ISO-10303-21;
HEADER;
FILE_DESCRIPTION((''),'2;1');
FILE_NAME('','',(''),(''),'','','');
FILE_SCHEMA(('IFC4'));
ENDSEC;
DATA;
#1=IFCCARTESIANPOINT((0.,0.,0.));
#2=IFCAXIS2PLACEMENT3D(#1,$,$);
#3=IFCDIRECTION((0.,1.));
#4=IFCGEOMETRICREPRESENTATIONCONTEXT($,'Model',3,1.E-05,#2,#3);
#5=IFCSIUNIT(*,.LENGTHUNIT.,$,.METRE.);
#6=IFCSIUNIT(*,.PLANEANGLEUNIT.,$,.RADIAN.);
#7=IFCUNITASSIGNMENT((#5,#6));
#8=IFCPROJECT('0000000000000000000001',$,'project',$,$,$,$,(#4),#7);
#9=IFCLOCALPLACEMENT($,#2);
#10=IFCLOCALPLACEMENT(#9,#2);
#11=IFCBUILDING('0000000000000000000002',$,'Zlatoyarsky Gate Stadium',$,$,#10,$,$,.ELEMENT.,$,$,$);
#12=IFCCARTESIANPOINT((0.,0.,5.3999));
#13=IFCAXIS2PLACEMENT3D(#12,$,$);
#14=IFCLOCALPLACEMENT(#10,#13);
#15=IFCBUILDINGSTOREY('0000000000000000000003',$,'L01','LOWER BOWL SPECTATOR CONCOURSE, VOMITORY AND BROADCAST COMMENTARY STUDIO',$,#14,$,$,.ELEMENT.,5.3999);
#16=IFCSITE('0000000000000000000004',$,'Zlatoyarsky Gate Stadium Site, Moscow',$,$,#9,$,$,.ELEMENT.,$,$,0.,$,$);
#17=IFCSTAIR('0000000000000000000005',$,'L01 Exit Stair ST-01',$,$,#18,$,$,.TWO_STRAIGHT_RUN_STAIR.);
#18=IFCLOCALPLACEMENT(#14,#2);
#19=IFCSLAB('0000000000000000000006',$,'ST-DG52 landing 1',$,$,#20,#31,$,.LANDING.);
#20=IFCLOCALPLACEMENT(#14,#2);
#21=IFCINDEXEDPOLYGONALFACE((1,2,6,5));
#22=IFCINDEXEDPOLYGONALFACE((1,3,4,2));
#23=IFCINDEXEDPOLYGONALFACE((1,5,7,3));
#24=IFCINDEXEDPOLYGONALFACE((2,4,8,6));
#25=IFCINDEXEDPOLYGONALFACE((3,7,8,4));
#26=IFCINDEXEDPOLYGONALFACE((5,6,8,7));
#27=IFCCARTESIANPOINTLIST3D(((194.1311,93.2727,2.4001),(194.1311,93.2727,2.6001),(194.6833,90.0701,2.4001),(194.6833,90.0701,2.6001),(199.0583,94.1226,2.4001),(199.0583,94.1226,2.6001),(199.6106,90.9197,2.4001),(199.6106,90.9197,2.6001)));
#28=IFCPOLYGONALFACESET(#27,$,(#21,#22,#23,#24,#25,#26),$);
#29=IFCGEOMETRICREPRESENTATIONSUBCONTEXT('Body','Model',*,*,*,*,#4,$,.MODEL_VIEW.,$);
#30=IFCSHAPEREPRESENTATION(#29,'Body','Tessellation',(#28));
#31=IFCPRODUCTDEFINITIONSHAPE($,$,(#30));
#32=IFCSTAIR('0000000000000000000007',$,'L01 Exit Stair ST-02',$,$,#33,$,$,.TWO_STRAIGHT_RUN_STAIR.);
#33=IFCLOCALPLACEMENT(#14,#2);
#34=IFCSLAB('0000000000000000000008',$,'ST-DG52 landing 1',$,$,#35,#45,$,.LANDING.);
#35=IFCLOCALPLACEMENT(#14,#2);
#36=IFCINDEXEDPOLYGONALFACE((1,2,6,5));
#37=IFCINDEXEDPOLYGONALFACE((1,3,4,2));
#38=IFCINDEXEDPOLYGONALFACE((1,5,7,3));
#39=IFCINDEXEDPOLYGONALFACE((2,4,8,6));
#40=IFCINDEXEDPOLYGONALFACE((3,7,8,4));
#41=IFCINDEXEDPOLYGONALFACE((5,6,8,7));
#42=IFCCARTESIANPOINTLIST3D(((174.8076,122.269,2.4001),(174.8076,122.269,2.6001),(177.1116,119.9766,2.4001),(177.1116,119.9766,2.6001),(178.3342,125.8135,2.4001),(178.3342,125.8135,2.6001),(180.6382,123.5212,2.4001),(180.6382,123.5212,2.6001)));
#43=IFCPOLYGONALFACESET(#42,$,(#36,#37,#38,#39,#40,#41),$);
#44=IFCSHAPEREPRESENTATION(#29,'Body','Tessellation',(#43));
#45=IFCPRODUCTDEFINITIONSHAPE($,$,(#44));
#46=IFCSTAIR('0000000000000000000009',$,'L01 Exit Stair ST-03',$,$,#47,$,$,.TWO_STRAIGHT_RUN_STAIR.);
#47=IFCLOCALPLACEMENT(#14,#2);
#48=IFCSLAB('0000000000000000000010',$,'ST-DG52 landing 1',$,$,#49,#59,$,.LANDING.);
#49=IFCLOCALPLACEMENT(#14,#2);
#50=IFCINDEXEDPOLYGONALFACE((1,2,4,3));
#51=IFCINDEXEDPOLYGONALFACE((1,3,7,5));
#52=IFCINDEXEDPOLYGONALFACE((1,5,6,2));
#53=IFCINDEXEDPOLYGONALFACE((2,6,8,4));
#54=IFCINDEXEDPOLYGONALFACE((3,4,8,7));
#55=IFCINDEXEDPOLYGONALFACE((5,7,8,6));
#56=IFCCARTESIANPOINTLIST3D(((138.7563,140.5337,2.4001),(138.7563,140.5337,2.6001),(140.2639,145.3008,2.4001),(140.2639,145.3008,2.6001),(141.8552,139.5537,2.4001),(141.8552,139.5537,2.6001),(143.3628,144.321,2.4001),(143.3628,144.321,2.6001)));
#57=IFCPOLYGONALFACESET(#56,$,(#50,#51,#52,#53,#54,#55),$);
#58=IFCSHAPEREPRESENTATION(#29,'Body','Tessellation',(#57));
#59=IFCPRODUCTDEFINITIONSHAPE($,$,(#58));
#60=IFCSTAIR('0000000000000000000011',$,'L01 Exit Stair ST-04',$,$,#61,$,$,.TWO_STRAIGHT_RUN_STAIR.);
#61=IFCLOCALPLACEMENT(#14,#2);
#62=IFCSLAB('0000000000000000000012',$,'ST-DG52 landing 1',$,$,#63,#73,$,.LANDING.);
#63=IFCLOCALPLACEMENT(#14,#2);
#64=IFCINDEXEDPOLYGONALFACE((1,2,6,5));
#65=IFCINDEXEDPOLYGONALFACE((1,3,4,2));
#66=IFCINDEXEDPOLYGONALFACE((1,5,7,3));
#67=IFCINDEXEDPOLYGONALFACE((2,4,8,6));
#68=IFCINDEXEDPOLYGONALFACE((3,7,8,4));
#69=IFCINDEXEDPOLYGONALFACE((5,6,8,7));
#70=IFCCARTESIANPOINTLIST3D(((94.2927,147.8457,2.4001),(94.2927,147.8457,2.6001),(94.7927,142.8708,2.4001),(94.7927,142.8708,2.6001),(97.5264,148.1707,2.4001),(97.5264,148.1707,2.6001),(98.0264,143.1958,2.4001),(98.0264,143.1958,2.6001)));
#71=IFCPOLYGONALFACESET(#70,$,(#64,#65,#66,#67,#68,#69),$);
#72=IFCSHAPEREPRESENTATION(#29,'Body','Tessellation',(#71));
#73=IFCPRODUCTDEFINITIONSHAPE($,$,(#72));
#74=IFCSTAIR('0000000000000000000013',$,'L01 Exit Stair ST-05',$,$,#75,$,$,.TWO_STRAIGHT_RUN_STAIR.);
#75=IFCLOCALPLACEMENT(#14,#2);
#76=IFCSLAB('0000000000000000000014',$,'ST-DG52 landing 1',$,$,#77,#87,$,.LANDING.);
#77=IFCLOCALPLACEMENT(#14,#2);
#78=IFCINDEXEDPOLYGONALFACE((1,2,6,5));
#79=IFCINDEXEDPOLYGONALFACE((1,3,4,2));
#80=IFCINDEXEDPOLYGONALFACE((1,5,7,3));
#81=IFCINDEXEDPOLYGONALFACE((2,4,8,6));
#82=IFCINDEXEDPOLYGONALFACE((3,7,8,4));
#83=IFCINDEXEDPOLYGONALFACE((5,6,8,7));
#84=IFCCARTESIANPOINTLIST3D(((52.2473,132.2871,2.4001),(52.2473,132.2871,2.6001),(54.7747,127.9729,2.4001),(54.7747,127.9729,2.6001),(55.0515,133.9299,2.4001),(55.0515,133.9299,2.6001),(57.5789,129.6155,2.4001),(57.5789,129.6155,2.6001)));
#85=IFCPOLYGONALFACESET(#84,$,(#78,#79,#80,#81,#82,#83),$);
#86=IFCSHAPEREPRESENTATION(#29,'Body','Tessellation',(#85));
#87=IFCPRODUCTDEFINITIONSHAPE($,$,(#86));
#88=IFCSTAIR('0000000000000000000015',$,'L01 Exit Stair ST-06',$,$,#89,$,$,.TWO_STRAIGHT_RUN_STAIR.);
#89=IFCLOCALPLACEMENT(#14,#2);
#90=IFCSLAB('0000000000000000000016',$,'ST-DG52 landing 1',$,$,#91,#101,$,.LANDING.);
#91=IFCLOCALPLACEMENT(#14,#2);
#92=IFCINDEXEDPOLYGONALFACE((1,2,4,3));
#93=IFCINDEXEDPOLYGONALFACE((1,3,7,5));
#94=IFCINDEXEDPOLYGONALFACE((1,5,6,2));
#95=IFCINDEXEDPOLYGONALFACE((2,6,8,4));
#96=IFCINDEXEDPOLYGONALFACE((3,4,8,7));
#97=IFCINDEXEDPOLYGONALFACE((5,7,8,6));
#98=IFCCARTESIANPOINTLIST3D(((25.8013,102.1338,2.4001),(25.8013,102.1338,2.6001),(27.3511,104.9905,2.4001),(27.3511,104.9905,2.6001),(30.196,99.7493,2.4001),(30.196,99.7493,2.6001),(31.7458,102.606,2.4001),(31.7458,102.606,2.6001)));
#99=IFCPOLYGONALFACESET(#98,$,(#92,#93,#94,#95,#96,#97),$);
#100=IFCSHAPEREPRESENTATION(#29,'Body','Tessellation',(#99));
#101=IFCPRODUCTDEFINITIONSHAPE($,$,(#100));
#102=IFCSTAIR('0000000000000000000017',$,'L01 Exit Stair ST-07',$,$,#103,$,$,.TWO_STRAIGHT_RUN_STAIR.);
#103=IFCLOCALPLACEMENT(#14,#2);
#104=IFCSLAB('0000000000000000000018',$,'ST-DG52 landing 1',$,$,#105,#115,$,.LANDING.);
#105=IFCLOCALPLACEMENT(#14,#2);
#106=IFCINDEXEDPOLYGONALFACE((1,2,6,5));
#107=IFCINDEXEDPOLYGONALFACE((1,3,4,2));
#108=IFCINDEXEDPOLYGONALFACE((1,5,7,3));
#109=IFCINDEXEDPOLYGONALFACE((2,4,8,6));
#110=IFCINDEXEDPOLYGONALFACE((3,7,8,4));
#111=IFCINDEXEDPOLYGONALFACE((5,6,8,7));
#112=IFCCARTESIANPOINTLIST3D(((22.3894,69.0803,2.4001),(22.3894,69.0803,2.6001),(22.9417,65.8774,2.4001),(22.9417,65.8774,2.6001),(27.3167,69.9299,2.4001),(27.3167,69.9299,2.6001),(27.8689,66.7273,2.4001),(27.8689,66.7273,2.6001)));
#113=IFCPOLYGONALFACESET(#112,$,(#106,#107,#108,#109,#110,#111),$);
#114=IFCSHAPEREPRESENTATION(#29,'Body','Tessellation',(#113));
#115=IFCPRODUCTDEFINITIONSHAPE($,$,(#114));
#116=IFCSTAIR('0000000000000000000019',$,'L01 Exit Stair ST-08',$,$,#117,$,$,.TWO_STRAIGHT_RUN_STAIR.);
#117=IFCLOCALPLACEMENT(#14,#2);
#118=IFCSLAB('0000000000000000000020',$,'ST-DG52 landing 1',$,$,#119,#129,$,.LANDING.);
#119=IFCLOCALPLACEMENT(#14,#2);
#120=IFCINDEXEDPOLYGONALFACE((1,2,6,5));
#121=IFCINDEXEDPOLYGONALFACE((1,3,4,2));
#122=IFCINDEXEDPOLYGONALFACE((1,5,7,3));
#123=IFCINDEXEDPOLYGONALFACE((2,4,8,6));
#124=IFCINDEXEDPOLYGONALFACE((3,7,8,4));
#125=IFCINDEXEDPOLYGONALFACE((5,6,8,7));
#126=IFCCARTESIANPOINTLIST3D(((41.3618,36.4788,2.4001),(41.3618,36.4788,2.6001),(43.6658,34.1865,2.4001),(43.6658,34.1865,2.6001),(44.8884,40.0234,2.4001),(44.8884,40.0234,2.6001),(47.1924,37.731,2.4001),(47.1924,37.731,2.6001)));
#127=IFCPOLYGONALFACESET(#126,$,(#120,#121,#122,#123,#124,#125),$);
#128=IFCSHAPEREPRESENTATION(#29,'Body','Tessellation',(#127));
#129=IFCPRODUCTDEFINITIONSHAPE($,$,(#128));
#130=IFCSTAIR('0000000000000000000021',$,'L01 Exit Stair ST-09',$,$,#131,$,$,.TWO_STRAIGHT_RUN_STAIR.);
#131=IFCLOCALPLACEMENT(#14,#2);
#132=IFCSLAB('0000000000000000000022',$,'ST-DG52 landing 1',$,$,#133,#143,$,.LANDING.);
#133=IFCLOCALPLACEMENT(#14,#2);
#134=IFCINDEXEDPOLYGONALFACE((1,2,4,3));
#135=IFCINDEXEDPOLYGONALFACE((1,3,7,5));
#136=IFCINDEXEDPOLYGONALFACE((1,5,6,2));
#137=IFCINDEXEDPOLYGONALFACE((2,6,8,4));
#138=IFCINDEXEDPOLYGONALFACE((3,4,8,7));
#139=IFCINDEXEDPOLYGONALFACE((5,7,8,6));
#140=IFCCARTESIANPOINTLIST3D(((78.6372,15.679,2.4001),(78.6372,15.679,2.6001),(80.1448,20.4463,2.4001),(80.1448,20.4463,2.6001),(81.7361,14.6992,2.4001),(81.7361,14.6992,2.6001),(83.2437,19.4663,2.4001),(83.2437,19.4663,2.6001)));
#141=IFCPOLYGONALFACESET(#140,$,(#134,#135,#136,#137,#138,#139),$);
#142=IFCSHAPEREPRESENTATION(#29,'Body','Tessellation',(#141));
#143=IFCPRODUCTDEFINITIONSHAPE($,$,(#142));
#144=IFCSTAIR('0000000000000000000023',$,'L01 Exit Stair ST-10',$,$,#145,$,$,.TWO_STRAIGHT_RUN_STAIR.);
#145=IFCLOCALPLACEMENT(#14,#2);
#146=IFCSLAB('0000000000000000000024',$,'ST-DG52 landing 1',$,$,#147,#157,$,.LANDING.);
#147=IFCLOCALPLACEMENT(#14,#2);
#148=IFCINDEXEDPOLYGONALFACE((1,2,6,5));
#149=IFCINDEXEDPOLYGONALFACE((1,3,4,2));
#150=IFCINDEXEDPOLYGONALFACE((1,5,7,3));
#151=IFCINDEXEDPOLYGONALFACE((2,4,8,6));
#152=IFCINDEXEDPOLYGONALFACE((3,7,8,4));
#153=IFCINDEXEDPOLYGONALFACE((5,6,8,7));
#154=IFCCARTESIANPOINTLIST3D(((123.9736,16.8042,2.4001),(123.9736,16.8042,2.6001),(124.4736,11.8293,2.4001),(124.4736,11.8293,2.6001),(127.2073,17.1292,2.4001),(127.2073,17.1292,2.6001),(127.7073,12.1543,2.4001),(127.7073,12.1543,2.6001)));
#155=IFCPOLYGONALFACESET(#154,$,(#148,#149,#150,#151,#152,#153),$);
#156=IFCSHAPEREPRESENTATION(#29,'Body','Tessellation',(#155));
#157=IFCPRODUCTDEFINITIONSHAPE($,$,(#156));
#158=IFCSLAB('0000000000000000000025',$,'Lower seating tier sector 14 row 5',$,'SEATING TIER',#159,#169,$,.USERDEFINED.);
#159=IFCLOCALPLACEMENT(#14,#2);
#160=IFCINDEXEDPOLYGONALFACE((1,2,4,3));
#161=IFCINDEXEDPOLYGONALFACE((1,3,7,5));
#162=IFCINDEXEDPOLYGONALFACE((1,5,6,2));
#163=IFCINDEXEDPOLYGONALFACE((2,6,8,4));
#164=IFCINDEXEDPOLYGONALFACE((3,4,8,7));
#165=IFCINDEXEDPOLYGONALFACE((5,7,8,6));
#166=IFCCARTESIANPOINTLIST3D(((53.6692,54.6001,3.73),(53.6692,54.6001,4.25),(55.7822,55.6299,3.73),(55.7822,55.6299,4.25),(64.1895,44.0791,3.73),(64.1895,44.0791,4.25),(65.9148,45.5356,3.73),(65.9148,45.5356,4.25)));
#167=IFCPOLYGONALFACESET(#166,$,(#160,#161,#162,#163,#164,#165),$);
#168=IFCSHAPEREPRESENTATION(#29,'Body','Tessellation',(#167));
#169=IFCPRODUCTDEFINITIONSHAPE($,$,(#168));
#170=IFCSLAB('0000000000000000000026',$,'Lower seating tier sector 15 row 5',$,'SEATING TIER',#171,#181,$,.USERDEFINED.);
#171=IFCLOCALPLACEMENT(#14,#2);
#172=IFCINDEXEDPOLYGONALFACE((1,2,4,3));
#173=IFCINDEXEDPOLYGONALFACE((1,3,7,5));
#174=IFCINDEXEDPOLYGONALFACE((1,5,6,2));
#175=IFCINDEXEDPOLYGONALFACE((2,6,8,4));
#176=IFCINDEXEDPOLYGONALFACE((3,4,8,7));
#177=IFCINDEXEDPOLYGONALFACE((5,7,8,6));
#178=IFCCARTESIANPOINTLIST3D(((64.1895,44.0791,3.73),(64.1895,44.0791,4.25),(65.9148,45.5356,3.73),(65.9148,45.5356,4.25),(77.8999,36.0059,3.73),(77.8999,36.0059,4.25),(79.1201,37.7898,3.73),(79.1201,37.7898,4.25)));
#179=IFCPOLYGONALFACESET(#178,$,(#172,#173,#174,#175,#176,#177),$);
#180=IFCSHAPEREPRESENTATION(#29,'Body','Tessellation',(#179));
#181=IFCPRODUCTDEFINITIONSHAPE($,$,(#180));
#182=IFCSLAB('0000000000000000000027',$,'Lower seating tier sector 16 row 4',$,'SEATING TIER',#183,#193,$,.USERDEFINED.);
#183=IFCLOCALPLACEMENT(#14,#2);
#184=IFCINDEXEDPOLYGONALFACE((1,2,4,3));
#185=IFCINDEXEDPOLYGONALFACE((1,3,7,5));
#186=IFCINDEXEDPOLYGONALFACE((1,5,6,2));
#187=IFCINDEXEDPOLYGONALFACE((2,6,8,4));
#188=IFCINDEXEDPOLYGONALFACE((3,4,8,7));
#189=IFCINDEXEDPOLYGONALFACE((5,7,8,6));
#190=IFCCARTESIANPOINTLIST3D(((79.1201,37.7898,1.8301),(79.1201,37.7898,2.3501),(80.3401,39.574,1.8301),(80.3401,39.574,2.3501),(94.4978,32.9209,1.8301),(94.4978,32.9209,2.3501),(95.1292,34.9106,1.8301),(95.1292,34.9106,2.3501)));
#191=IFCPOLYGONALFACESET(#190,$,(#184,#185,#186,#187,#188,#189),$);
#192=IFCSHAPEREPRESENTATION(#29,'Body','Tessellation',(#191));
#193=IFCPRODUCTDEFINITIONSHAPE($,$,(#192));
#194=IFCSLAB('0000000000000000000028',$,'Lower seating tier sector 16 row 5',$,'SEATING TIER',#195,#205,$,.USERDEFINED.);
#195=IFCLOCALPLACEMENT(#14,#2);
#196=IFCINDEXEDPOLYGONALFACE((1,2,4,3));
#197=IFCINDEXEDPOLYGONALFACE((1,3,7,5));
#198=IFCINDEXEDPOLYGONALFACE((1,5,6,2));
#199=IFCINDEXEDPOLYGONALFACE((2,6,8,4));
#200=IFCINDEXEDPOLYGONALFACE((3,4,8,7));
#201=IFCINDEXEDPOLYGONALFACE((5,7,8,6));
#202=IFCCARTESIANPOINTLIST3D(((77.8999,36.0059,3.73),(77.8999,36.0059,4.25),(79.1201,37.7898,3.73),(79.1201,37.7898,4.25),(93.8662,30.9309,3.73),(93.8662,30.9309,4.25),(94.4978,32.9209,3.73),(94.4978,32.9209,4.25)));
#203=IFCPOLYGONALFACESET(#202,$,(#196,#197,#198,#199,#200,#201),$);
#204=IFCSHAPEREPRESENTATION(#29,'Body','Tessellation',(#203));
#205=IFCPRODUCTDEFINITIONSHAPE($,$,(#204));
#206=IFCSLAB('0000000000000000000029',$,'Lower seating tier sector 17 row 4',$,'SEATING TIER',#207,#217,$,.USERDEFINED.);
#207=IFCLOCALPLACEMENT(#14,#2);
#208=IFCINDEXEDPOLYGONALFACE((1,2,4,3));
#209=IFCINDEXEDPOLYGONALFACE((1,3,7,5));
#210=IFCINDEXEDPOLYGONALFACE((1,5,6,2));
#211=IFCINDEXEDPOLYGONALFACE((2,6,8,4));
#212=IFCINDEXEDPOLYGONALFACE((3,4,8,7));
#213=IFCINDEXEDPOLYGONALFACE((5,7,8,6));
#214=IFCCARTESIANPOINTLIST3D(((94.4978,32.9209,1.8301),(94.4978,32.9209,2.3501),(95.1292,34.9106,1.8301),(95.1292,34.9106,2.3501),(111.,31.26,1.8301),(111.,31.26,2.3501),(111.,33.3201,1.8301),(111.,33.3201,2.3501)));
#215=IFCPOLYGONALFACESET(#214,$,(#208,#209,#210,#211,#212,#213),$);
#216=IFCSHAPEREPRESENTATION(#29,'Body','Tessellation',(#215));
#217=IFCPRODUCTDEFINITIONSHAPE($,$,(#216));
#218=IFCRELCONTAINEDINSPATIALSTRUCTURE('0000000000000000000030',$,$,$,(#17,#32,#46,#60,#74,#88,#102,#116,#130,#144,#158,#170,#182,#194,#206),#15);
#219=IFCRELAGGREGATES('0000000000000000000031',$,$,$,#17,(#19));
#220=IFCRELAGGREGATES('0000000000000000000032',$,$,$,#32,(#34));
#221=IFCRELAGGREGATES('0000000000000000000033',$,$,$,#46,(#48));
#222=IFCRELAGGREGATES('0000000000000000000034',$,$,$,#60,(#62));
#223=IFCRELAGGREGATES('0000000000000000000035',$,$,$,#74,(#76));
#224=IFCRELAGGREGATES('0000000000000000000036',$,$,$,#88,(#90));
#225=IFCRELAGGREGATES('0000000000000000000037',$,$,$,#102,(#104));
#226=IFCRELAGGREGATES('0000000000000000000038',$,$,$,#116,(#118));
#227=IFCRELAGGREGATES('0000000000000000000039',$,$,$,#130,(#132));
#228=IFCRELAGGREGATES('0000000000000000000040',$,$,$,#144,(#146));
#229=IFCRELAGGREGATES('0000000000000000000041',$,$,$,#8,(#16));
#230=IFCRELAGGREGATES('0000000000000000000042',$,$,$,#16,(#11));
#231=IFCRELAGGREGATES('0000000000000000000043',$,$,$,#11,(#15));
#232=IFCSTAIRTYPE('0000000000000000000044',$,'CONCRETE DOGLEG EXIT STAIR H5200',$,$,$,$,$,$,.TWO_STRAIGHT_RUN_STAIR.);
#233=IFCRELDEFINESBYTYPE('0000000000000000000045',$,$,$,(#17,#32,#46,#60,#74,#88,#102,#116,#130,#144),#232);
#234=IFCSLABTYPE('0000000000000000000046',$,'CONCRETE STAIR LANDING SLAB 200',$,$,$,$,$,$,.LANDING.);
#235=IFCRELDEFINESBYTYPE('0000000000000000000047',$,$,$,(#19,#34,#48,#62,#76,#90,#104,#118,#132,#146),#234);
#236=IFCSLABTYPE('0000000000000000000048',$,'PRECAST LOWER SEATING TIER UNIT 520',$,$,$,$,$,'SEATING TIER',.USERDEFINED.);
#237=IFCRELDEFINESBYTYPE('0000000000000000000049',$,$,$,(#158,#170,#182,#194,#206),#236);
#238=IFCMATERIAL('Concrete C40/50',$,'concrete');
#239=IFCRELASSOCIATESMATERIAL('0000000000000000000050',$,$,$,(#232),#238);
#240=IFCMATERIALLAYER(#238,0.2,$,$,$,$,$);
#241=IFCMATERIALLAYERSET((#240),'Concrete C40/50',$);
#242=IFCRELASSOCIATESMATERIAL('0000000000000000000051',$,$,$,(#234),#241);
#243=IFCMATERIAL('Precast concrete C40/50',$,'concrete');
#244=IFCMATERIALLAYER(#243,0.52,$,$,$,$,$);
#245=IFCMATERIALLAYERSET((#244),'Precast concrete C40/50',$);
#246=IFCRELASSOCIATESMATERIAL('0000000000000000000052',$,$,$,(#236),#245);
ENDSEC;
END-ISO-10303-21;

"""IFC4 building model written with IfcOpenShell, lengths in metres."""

from ifc_helpers import new_model, si_unit, direction, frame, origin, place, context, subcontext, project, spatial, polyline, outline, extrude, material, layer, layer_set, type_object, element, aggregate, save


model = new_model("IFC4")

# Units and contexts
model_context = context("Model", 3, precision=1e-05, world=origin(), true_north=direction((0.0, 1.0)))
body_context = subcontext(model_context, "Body", "Model", "MODEL_VIEW")
ifc_project = project(units=[si_unit("LENGTHUNIT", "METRE"), si_unit("PLANEANGLEUNIT", "RADIAN")], contexts=[model_context])

# Site, building, storey
site_placement = place(None, origin())
site = spatial("IfcSite", under=ifc_project, at=site_placement, Name="Zlatoyarsky Gate Stadium Site, Moscow", CompositionType="ELEMENT", RefElevation=0.0)
building_placement = place(site_placement, origin())
building = spatial("IfcBuilding", under=site, at=building_placement, Name="Zlatoyarsky Gate Stadium", CompositionType="ELEMENT")
storey_placement = place(building_placement, frame((0.0, 0.0, 5.3999)))
storey = spatial("IfcBuildingStorey", under=building, at=storey_placement, Name="L01", Description="LOWER BOWL SPECTATOR CONCOURSE, VOMITORY AND BROADCAST COMMENTARY STUDIO", CompositionType="ELEMENT", Elevation=5.3999)

# Stairs, slabs
ifc_material_1 = material(Name="Concrete C40/50", Category="concrete")
stair_type = type_object("IfcStairType", Name="CONCRETE DOGLEG EXIT STAIR H5200", PredefinedType="TWO_STRAIGHT_RUN_STAIR", material=ifc_material_1)
stair_1_placement = place(storey_placement, origin())
stair_1 = element("IfcStair", 1, at=stair_1_placement, inside=storey, type_object=stair_type, Name="L01 Exit Stair ST-01", PredefinedType="TWO_STRAIGHT_RUN_STAIR")
ifc_layer_1 = layer(ifc_material_1, 0.2)
ifc_layer_set_1 = layer_set([ifc_layer_1], Name="Concrete C40/50")
slab_type_1 = type_object("IfcSlabType", Name="CONCRETE STAIR LANDING SLAB 200", PredefinedType="LANDING", material=ifc_layer_set_1)
slab_1_placement = place(storey_placement, frame((0.0, 0.0, 2.4001)))
slab_1 = element("IfcSlab", 2, at=slab_1_placement, type_object=slab_type_1, Name="ST-DG52 landing 1", PredefinedType="LANDING", context=body_context, shape_type="SweptSolid", body=[
    extrude(outline(polyline([(199.6106, 90.9197), (199.0583, 94.1226), (194.1311, 93.2727), (194.6833, 90.0701), (199.6106, 90.9197)])), origin(), (0.0, 0.0, 1.0), 0.2),
])
aggregate(stair_1, [slab_1])
stair_2_placement = place(storey_placement, origin())
stair_2 = element("IfcStair", 3, at=stair_2_placement, inside=storey, type_object=stair_type, Name="L01 Exit Stair ST-02", PredefinedType="TWO_STRAIGHT_RUN_STAIR")
slab_2_placement = place(storey_placement, frame((0.0, 0.0, 2.4001)))
slab_2 = element("IfcSlab", 4, at=slab_2_placement, type_object=slab_type_1, Name="ST-DG52 landing 1", PredefinedType="LANDING", context=body_context, shape_type="SweptSolid", body=[
    extrude(outline(polyline([(180.6382, 123.5212), (178.3342, 125.8135), (174.8076, 122.269), (177.1116, 119.9766), (180.6382, 123.5212)])), origin(), (0.0, 0.0, 1.0), 0.2),
])
aggregate(stair_2, [slab_2])
stair_3_placement = place(storey_placement, origin())
stair_3 = element("IfcStair", 5, at=stair_3_placement, inside=storey, type_object=stair_type, Name="L01 Exit Stair ST-03", PredefinedType="TWO_STRAIGHT_RUN_STAIR")
slab_3_placement = place(storey_placement, frame((0.0, 0.0, 2.4001)))
slab_3 = element("IfcSlab", 6, at=slab_3_placement, type_object=slab_type_1, Name="ST-DG52 landing 1", PredefinedType="LANDING", context=body_context, shape_type="SweptSolid", body=[
    extrude(outline(polyline([(143.3628, 144.321), (140.2639, 145.3008), (138.7563, 140.5337), (141.8552, 139.5537), (143.3628, 144.321)])), origin(), (0.0, 0.0, 1.0), 0.2),
])
aggregate(stair_3, [slab_3])
stair_4_placement = place(storey_placement, origin())
stair_4 = element("IfcStair", 7, at=stair_4_placement, inside=storey, type_object=stair_type, Name="L01 Exit Stair ST-04", PredefinedType="TWO_STRAIGHT_RUN_STAIR")
slab_4_placement = place(storey_placement, frame((0.0, 0.0, 2.4001)))
slab_4 = element("IfcSlab", 8, at=slab_4_placement, type_object=slab_type_1, Name="ST-DG52 landing 1", PredefinedType="LANDING", context=body_context, shape_type="SweptSolid", body=[
    extrude(outline(polyline([(97.5264, 148.1707), (94.2927, 147.8457), (94.7927, 142.8708), (98.0264, 143.1958), (97.5264, 148.1707)])), origin(), (0.0, 0.0, 1.0), 0.2),
])
aggregate(stair_4, [slab_4])
stair_5_placement = place(storey_placement, origin())
stair_5 = element("IfcStair", 9, at=stair_5_placement, inside=storey, type_object=stair_type, Name="L01 Exit Stair ST-05", PredefinedType="TWO_STRAIGHT_RUN_STAIR")
slab_5_placement = place(storey_placement, frame((0.0, 0.0, 2.4001)))
slab_5 = element("IfcSlab", 10, at=slab_5_placement, type_object=slab_type_1, Name="ST-DG52 landing 1", PredefinedType="LANDING", context=body_context, shape_type="SweptSolid", body=[
    extrude(outline(polyline([(55.0515, 133.9299), (52.2473, 132.2871), (54.7747, 127.9729), (57.5789, 129.6155), (55.0515, 133.9299)])), origin(), (0.0, 0.0, 1.0), 0.2),
])
aggregate(stair_5, [slab_5])
stair_6_placement = place(storey_placement, origin())
stair_6 = element("IfcStair", 11, at=stair_6_placement, inside=storey, type_object=stair_type, Name="L01 Exit Stair ST-06", PredefinedType="TWO_STRAIGHT_RUN_STAIR")
slab_6_placement = place(storey_placement, frame((0.0, 0.0, 2.4001)))
slab_6 = element("IfcSlab", 12, at=slab_6_placement, type_object=slab_type_1, Name="ST-DG52 landing 1", PredefinedType="LANDING", context=body_context, shape_type="SweptSolid", body=[
    extrude(outline(polyline([(27.3511, 104.9905), (25.8013, 102.1338), (30.196, 99.7493), (31.7458, 102.606), (27.3511, 104.9905)])), origin(), (0.0, 0.0, 1.0), 0.2),
])
aggregate(stair_6, [slab_6])
stair_7_placement = place(storey_placement, origin())
stair_7 = element("IfcStair", 13, at=stair_7_placement, inside=storey, type_object=stair_type, Name="L01 Exit Stair ST-07", PredefinedType="TWO_STRAIGHT_RUN_STAIR")
slab_7_placement = place(storey_placement, frame((0.0, 0.0, 2.4001)))
slab_7 = element("IfcSlab", 14, at=slab_7_placement, type_object=slab_type_1, Name="ST-DG52 landing 1", PredefinedType="LANDING", context=body_context, shape_type="SweptSolid", body=[
    extrude(outline(polyline([(22.3894, 69.0803), (22.9417, 65.8774), (27.8689, 66.7273), (27.3167, 69.9299), (22.3894, 69.0803)])), origin(), (0.0, 0.0, 1.0), 0.2),
])
aggregate(stair_7, [slab_7])
stair_8_placement = place(storey_placement, origin())
stair_8 = element("IfcStair", 15, at=stair_8_placement, inside=storey, type_object=stair_type, Name="L01 Exit Stair ST-08", PredefinedType="TWO_STRAIGHT_RUN_STAIR")
slab_8_placement = place(storey_placement, frame((0.0, 0.0, 2.4001)))
slab_8 = element("IfcSlab", 16, at=slab_8_placement, type_object=slab_type_1, Name="ST-DG52 landing 1", PredefinedType="LANDING", context=body_context, shape_type="SweptSolid", body=[
    extrude(outline(polyline([(41.3618, 36.4788), (43.6658, 34.1865), (47.1924, 37.731), (44.8884, 40.0234), (41.3618, 36.4788)])), origin(), (0.0, 0.0, 1.0), 0.2),
])
aggregate(stair_8, [slab_8])
stair_9_placement = place(storey_placement, origin())
stair_9 = element("IfcStair", 17, at=stair_9_placement, inside=storey, type_object=stair_type, Name="L01 Exit Stair ST-09", PredefinedType="TWO_STRAIGHT_RUN_STAIR")
slab_9_placement = place(storey_placement, frame((0.0, 0.0, 2.4001)))
slab_9 = element("IfcSlab", 18, at=slab_9_placement, type_object=slab_type_1, Name="ST-DG52 landing 1", PredefinedType="LANDING", context=body_context, shape_type="SweptSolid", body=[
    extrude(outline(polyline([(78.6372, 15.679), (81.7361, 14.6992), (83.2437, 19.4663), (80.1448, 20.4463), (78.6372, 15.679)])), origin(), (0.0, 0.0, 1.0), 0.2),
])
aggregate(stair_9, [slab_9])
stair_10_placement = place(storey_placement, origin())
stair_10 = element("IfcStair", 19, at=stair_10_placement, inside=storey, type_object=stair_type, Name="L01 Exit Stair ST-10", PredefinedType="TWO_STRAIGHT_RUN_STAIR")
slab_10_placement = place(storey_placement, frame((0.0, 0.0, 2.4001)))
slab_10 = element("IfcSlab", 20, at=slab_10_placement, type_object=slab_type_1, Name="ST-DG52 landing 1", PredefinedType="LANDING", context=body_context, shape_type="SweptSolid", body=[
    extrude(outline(polyline([(124.4736, 11.8293), (127.7073, 12.1543), (127.2073, 17.1292), (123.9736, 16.8042), (124.4736, 11.8293)])), origin(), (0.0, 0.0, 1.0), 0.2),
])
aggregate(stair_10, [slab_10])

# Slabs
ifc_material_2 = material(Name="Precast concrete C40/50", Category="concrete")
ifc_layer_2 = layer(ifc_material_2, 0.52)
ifc_layer_set_2 = layer_set([ifc_layer_2], Name="Precast concrete C40/50")
slab_type_2 = type_object("IfcSlabType", Name="PRECAST LOWER SEATING TIER UNIT 520", ElementType="SEATING TIER", PredefinedType="USERDEFINED", material=ifc_layer_set_2)
slab_11_placement = place(storey_placement, frame((0.0, 0.0, 3.73)))
element("IfcSlab", 21, at=slab_11_placement, inside=storey, type_object=slab_type_2, Name="Lower seating tier sector 14 row 5", ObjectType="SEATING TIER", PredefinedType="USERDEFINED", context=body_context, shape_type="SweptSolid", body=[
    extrude(outline(polyline([(55.7822, 55.6299), (53.6692, 54.6001), (64.1895, 44.0791), (65.9148, 45.5356), (55.7822, 55.6299)])), origin(), (0.0, 0.0, 1.0), 0.52),
])
slab_12_placement = place(storey_placement, frame((0.0, 0.0, 3.73)))
element("IfcSlab", 22, at=slab_12_placement, inside=storey, type_object=slab_type_2, Name="Lower seating tier sector 15 row 5", ObjectType="SEATING TIER", PredefinedType="USERDEFINED", context=body_context, shape_type="SweptSolid", body=[
    extrude(outline(polyline([(65.9148, 45.5356), (64.1895, 44.0791), (77.8999, 36.0059), (79.1201, 37.7898), (65.9148, 45.5356)])), origin(), (0.0, 0.0, 1.0), 0.52),
])
slab_13_placement = place(storey_placement, frame((0.0, 0.0, 1.8301)))
element("IfcSlab", 23, at=slab_13_placement, inside=storey, type_object=slab_type_2, Name="Lower seating tier sector 16 row 4", ObjectType="SEATING TIER", PredefinedType="USERDEFINED", context=body_context, shape_type="SweptSolid", body=[
    extrude(outline(polyline([(80.3401, 39.574), (79.1201, 37.7898), (94.4978, 32.9209), (95.1292, 34.9106), (80.3401, 39.574)])), origin(), (0.0, 0.0, 1.0), 0.52),
])
slab_14_placement = place(storey_placement, frame((0.0, 0.0, 3.73)))
element("IfcSlab", 24, at=slab_14_placement, inside=storey, type_object=slab_type_2, Name="Lower seating tier sector 16 row 5", ObjectType="SEATING TIER", PredefinedType="USERDEFINED", context=body_context, shape_type="SweptSolid", body=[
    extrude(outline(polyline([(79.1201, 37.7898), (77.8999, 36.0059), (93.8662, 30.9309), (94.4978, 32.9209), (79.1201, 37.7898)])), origin(), (0.0, 0.0, 1.0), 0.52),
])
slab_15_placement = place(storey_placement, frame((0.0, 0.0, 1.8301)))
element("IfcSlab", 25, at=slab_15_placement, inside=storey, type_object=slab_type_2, Name="Lower seating tier sector 17 row 4", ObjectType="SEATING TIER", PredefinedType="USERDEFINED", context=body_context, shape_type="SweptSolid", body=[
    extrude(outline(polyline([(95.1292, 34.9106), (94.4978, 32.9209), (111.0, 31.26), (111.0, 33.3201), (95.1292, 34.9106)])), origin(), (0.0, 0.0, 1.0), 0.52),
])

save(model, "model.ifc")
